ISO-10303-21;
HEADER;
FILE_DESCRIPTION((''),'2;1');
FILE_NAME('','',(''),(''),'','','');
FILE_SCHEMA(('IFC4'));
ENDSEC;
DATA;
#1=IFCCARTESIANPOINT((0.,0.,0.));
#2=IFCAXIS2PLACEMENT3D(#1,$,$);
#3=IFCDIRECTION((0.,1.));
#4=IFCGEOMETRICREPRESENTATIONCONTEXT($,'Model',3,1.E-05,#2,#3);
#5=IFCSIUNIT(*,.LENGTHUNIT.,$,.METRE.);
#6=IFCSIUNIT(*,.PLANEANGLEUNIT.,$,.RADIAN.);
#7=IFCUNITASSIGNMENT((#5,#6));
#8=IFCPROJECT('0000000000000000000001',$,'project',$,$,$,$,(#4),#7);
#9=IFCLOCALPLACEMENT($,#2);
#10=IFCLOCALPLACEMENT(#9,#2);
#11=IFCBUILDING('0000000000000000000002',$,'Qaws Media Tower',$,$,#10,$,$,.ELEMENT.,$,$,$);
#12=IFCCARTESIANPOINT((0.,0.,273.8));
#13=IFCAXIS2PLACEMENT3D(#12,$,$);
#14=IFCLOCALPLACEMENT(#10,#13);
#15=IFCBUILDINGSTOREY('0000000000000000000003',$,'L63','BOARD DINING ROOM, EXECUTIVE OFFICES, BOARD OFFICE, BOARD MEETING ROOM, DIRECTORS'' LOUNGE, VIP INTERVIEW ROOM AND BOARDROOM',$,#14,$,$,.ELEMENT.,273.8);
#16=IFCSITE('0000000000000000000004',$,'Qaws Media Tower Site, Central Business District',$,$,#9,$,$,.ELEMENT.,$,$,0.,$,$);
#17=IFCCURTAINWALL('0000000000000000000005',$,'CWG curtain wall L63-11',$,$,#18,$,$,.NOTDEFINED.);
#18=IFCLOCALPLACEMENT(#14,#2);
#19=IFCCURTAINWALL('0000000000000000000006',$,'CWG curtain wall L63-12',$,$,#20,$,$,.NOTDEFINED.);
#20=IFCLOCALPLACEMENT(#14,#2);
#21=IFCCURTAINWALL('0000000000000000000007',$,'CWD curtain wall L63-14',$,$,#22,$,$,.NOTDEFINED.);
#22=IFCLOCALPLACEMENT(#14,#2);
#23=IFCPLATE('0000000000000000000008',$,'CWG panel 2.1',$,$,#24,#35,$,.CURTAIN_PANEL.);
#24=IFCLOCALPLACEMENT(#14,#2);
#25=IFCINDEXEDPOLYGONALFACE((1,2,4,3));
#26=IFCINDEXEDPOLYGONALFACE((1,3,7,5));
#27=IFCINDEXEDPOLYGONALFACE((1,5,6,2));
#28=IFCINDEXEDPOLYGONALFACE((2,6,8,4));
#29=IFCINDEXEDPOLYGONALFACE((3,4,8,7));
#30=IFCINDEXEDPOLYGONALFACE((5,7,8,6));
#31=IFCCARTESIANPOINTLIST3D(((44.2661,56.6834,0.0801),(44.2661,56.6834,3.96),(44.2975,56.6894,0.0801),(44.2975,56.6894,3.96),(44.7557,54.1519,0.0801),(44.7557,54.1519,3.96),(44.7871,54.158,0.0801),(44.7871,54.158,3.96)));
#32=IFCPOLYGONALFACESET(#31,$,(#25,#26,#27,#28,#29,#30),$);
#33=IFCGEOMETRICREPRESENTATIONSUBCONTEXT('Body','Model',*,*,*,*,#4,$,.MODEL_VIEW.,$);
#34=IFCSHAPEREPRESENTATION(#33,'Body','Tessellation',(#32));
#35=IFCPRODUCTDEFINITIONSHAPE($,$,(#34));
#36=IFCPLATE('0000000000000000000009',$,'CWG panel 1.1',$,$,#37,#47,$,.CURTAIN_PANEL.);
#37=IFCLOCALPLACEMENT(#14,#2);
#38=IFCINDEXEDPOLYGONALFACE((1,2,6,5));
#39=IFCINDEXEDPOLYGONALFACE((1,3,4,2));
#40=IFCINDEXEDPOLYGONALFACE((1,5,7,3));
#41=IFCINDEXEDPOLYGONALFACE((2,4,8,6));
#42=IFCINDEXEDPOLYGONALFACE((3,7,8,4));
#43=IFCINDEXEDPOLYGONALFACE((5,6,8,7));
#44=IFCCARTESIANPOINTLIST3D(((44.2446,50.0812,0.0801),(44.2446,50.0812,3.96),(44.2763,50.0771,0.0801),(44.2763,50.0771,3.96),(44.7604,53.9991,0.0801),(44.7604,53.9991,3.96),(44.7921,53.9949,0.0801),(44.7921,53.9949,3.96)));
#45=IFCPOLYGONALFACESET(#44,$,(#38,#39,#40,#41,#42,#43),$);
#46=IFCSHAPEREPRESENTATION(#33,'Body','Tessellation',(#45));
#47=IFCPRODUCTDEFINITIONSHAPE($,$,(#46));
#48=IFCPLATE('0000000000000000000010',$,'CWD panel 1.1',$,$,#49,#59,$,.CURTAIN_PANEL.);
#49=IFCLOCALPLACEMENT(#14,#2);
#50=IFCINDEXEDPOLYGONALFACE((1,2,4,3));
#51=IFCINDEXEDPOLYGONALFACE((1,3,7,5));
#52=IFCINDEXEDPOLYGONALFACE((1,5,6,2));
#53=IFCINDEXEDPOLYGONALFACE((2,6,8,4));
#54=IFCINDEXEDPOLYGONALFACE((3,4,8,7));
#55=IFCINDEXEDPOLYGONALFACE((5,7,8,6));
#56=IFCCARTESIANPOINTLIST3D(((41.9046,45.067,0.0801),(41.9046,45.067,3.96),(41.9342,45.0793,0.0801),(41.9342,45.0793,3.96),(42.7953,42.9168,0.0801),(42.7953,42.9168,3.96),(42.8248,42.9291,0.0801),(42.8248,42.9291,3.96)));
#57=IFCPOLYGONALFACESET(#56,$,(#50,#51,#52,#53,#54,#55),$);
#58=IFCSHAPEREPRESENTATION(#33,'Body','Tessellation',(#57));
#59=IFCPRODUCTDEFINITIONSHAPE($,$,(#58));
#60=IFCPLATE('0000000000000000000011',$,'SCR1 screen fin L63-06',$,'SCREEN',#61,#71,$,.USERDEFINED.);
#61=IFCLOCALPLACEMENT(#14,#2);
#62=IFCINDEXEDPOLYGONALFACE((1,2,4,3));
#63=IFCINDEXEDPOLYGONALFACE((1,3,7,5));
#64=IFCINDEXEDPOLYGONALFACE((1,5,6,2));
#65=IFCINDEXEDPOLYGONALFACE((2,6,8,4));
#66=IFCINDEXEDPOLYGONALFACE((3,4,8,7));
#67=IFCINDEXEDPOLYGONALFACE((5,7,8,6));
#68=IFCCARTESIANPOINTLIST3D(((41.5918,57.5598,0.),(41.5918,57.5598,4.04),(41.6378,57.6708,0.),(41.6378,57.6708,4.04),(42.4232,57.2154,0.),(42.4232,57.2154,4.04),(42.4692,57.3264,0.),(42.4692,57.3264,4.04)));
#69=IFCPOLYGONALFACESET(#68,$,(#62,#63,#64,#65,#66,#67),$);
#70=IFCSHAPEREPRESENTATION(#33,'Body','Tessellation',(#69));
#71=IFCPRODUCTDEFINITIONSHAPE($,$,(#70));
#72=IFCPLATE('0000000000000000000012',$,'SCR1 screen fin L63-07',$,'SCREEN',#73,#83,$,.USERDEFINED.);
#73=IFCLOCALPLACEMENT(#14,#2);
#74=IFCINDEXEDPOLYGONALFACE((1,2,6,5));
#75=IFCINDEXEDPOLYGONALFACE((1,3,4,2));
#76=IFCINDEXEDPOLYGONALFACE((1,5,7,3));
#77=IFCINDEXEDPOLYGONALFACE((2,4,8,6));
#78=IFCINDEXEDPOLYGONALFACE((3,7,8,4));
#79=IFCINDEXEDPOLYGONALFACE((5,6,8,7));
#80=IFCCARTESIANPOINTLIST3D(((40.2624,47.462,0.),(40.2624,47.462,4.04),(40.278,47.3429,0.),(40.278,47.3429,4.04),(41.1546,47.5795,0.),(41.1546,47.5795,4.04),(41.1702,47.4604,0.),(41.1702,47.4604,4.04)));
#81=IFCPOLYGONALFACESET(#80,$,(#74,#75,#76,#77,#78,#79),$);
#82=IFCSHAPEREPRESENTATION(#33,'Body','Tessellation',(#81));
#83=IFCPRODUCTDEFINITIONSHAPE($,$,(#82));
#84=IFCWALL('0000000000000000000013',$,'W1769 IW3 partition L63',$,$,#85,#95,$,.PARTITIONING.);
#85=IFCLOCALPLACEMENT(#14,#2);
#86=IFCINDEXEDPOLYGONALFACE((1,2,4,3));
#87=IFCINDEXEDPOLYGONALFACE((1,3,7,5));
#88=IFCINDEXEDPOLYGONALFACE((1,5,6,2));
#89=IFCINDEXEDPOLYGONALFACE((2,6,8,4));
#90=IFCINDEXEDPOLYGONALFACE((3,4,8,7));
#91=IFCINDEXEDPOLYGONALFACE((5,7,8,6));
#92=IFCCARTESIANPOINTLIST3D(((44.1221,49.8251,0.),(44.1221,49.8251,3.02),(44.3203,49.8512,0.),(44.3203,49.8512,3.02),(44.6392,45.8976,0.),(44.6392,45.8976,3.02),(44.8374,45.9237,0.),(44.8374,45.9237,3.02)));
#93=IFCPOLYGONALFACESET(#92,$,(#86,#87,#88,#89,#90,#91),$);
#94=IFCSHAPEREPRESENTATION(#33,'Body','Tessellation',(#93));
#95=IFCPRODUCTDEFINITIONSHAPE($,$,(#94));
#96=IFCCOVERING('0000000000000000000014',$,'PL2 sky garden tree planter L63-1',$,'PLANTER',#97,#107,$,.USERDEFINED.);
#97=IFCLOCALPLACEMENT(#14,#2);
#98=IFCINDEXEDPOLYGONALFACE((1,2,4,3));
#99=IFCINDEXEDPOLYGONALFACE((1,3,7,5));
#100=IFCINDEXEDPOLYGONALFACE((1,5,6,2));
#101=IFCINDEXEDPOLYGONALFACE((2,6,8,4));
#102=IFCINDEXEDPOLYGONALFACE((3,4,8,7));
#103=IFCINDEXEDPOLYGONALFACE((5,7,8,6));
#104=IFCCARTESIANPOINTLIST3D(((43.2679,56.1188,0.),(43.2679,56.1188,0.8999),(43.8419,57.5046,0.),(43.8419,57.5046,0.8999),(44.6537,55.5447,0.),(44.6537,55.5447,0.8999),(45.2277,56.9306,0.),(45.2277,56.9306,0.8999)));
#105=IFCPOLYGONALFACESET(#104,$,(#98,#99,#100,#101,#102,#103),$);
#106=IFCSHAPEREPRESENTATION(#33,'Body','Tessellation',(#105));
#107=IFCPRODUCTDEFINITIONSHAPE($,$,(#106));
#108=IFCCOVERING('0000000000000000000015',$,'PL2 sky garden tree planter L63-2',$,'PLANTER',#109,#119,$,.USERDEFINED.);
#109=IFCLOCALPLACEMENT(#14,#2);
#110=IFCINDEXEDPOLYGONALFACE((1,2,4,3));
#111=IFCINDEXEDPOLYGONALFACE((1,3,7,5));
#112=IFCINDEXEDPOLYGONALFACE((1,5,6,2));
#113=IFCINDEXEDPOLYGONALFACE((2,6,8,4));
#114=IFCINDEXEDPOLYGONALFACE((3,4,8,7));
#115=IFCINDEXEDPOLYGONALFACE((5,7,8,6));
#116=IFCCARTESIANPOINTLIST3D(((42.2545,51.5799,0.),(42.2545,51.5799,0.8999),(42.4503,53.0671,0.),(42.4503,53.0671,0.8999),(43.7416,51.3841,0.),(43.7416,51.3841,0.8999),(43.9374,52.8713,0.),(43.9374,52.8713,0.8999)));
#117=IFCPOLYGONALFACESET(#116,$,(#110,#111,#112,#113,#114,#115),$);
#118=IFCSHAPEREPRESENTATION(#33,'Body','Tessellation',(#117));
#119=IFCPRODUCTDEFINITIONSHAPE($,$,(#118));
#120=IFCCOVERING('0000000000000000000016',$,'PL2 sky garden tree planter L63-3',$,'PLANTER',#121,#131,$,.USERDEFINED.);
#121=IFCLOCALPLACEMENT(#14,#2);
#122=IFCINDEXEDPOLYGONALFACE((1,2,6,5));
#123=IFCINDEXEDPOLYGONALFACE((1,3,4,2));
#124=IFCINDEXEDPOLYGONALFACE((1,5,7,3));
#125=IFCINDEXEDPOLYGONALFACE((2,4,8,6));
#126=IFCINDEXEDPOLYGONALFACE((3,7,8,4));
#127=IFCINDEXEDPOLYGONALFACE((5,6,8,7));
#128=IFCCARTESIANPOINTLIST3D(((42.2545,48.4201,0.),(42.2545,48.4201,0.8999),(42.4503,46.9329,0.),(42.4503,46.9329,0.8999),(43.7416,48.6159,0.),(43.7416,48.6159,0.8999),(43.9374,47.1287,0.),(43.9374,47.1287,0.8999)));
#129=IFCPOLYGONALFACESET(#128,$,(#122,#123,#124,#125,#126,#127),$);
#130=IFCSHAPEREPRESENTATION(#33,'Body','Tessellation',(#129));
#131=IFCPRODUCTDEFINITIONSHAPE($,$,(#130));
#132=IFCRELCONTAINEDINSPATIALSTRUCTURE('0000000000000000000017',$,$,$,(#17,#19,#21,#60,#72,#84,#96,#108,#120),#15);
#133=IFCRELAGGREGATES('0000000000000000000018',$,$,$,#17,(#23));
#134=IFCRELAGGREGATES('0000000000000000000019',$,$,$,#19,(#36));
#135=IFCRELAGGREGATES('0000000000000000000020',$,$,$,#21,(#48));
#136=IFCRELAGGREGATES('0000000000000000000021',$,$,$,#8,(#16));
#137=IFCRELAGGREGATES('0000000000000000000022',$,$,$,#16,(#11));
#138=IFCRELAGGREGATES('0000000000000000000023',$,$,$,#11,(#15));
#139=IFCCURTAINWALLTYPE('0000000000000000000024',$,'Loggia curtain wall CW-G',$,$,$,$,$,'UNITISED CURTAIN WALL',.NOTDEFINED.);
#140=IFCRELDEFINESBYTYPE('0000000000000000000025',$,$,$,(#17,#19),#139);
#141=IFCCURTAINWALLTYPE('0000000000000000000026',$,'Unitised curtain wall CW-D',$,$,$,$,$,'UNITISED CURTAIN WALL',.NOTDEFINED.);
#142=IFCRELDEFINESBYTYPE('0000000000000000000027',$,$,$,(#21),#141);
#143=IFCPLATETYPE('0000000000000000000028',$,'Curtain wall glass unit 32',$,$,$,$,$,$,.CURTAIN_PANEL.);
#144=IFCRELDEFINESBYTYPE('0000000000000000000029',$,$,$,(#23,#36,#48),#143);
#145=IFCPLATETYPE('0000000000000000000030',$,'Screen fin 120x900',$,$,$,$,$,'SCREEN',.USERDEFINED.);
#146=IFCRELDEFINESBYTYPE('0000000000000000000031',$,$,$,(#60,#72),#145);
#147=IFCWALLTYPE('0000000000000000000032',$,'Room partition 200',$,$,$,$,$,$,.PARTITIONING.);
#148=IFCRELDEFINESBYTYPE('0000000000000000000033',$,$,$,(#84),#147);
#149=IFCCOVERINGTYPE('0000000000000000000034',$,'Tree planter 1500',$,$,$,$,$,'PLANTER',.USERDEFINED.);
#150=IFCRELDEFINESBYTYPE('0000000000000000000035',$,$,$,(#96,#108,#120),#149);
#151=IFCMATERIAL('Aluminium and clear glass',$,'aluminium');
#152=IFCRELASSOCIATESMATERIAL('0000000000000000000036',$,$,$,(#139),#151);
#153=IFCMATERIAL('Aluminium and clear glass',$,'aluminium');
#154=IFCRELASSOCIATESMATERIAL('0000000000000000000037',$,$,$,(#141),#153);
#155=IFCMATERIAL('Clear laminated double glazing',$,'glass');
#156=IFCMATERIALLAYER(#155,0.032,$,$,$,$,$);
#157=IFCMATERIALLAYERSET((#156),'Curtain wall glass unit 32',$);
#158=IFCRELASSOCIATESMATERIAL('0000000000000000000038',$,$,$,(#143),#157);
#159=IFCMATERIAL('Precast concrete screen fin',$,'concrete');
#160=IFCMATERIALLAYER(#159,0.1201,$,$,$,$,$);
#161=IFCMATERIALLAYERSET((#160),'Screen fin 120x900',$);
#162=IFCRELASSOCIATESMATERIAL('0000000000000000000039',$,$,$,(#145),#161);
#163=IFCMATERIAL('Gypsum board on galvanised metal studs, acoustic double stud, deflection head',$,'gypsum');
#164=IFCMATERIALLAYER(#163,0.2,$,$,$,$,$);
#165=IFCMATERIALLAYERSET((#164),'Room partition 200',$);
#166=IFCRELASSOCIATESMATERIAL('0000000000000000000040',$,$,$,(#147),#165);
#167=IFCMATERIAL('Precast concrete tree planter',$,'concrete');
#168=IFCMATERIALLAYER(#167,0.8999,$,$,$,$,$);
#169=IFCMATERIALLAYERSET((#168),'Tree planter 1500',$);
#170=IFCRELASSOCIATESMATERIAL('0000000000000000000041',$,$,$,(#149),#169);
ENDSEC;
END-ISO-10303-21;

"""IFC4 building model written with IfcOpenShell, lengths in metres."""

from ifc_helpers import new_model, si_unit, direction, frame, frame_2d, origin, origin_2d, place, context, subcontext, project, spatial, rectangle, extrude, material, layer, layer_set, type_object, element, aggregate, save


model = new_model("IFC4")

# Units and contexts
model_context = context("Model", 3, precision=1e-05, world=origin(), true_north=direction((0.0, 1.0)))
body_context = subcontext(model_context, "Body", "Model", "MODEL_VIEW")
ifc_project = project(units=[si_unit("LENGTHUNIT", "METRE"), si_unit("PLANEANGLEUNIT", "RADIAN")], contexts=[model_context])

# Site, building, storey
site_placement = place(None, origin())
site = spatial("IfcSite", under=ifc_project, at=site_placement, Name="Qaws Media Tower Site, Central Business District", CompositionType="ELEMENT", RefElevation=0.0)
building_placement = place(site_placement, origin())
building = spatial("IfcBuilding", under=site, at=building_placement, Name="Qaws Media Tower", CompositionType="ELEMENT")
storey_placement = place(building_placement, frame((0.0, 0.0, 273.8)))
storey = spatial("IfcBuildingStorey", under=building, at=storey_placement, Name="L63", Description="BOARD DINING ROOM, EXECUTIVE OFFICES, BOARD OFFICE, BOARD MEETING ROOM, DIRECTORS' LOUNGE, VIP INTERVIEW ROOM AND BOARDROOM", CompositionType="ELEMENT", Elevation=273.8)

# Curtain walls
ifc_material_1 = material(Name="Aluminium and clear glass", Category="aluminium")
curtain_wall_type_1 = type_object("IfcCurtainWallType", Name="Loggia curtain wall CW-G", ElementType="UNITISED CURTAIN WALL", PredefinedType="NOTDEFINED", material=ifc_material_1)
curtain_wall_1_placement = place(storey_placement, origin())
curtain_wall_1 = element("IfcCurtainWall", 1, at=curtain_wall_1_placement, inside=storey, type_object=curtain_wall_type_1, Name="CWG curtain wall L63-11", PredefinedType="NOTDEFINED")
curtain_wall_2_placement = place(storey_placement, origin())
curtain_wall_2 = element("IfcCurtainWall", 2, at=curtain_wall_2_placement, inside=storey, type_object=curtain_wall_type_1, Name="CWG curtain wall L63-12", PredefinedType="NOTDEFINED")

# Curtain wall
ifc_material_2 = material(Name="Aluminium and clear glass", Category="aluminium")
curtain_wall_type_2 = type_object("IfcCurtainWallType", Name="Unitised curtain wall CW-D", ElementType="UNITISED CURTAIN WALL", PredefinedType="NOTDEFINED", material=ifc_material_2)
curtain_wall_3_placement = place(storey_placement, origin())
curtain_wall_3 = element("IfcCurtainWall", 3, at=curtain_wall_3_placement, inside=storey, type_object=curtain_wall_type_2, Name="CWD curtain wall L63-14", PredefinedType="NOTDEFINED")

# Plates
ifc_material_3 = material(Name="Clear laminated double glazing", Category="glass")
ifc_layer_1 = layer(ifc_material_3, 0.032)
ifc_layer_set_1 = layer_set([ifc_layer_1], Name="Curtain wall glass unit 32")
plate_type_1 = type_object("IfcPlateType", Name="Curtain wall glass unit 32", PredefinedType="CURTAIN_PANEL", material=ifc_layer_set_1)
plate_1_placement = place(storey_placement, frame((44.5266, 55.4207, 0.0801), z_axis=(0.0, 0.0, 1.0), x_axis=(0.189863, -0.981811, 0.0)))
plate_1 = element("IfcPlate", 4, at=plate_1_placement, type_object=plate_type_1, Name="CWG panel 2.1", PredefinedType="CURTAIN_PANEL", context=body_context, shape_type="SweptSolid", body=[
    extrude(rectangle(XDim=2.5784, YDim=0.032, at=origin_2d()), origin(), (0.0, 0.0, 1.0), 3.8799),
])
aggregate(curtain_wall_1, [plate_1])
plate_2_placement = place(storey_placement, frame((44.5183, 52.0381, 0.0801), z_axis=(0.0, 0.0, 1.0), x_axis=(-0.130526, -0.991445, 0.0)))
plate_2 = element("IfcPlate", 5, at=plate_2_placement, type_object=plate_type_1, Name="CWG panel 1.1", PredefinedType="CURTAIN_PANEL", context=body_context, shape_type="SweptSolid", body=[
    extrude(rectangle(XDim=3.9517, YDim=0.032, at=origin_2d()), origin(), (0.0, 0.0, 1.0), 3.8799),
])
aggregate(curtain_wall_2, [plate_2])
plate_3_placement = place(storey_placement, frame((42.3647, 43.998, 0.0801), z_axis=(0.0, 0.0, 1.0), x_axis=(0.382683, -0.92388, 0.0)))
plate_3 = element("IfcPlate", 6, at=plate_3_placement, type_object=plate_type_1, Name="CWD panel 1.1", PredefinedType="CURTAIN_PANEL", context=body_context, shape_type="SweptSolid", body=[
    extrude(rectangle(XDim=2.3274, YDim=0.032, at=origin_2d()), origin(), (0.0, 0.0, 1.0), 3.8799),
])
aggregate(curtain_wall_3, [plate_3])

# Plates
ifc_material_4 = material(Name="Precast concrete screen fin", Category="concrete")
ifc_layer_2 = layer(ifc_material_4, 0.1201)
ifc_layer_set_2 = layer_set([ifc_layer_2], Name="Screen fin 120x900")
plate_type_2 = type_object("IfcPlateType", Name="Screen fin 120x900", ElementType="SCREEN", PredefinedType="USERDEFINED", material=ifc_layer_set_2)
for number, where, z_axis, x_axis, name in (
    (7, (42.0305, 57.4431, 0.0), (0.0, 0.0, 1.0), (-0.92388, 0.382683, 0.0), "SCR1 screen fin L63-06"),
    (8, (40.7163, 47.4612, 0.0), (0.0, 0.0, 1.0), (-0.991445, -0.130526, 0.0), "SCR1 screen fin L63-07"),
):
    element("IfcPlate", number, at=place(storey_placement, frame(where, z_axis=z_axis, x_axis=x_axis)), inside=storey, type_object=plate_type_2, Name=name, ObjectType="SCREEN", PredefinedType="USERDEFINED", context=body_context, shape_type="SweptSolid", body=[
        extrude(rectangle(XDim=0.8999, YDim=0.1201, at=origin_2d()), origin(), (0.0, 0.0, 1.0), 4.04),
    ])

# Wall
ifc_material_5 = material(Name="Gypsum board on galvanised metal studs, acoustic double stud, deflection head", Category="gypsum")
ifc_layer_3 = layer(ifc_material_5, 0.2)
ifc_layer_set_3 = layer_set([ifc_layer_3], Name="Room partition 200")
wall_type_1 = type_object("IfcWallType", Name="Room partition 200", PredefinedType="PARTITIONING", material=ifc_layer_set_3)
wall_1_placement = place(storey_placement, frame((44.7383, 45.9106, 0.0), z_axis=(0.0, 0.0, 1.0), x_axis=(-0.130533, 0.991444, 0.0)))
element("IfcWall", 9, at=wall_1_placement, inside=storey, type_object=wall_type_1, Name="W1769 IW3 partition L63", PredefinedType="PARTITIONING", context=body_context, shape_type="SweptSolid", body=[
    extrude(rectangle(XDim=3.9614, YDim=0.2, at=frame_2d((1.9807, 0.0))), origin(), (0.0, 0.0, 1.0), 3.02),
])

# Coverings
ifc_material_6 = material(Name="Precast concrete tree planter", Category="concrete")
ifc_layer_4 = layer(ifc_material_6, 0.8999)
ifc_layer_set_4 = layer_set([ifc_layer_4], Name="Tree planter 1500")
covering_type = type_object("IfcCoveringType", Name="Tree planter 1500", ElementType="PLANTER", PredefinedType="USERDEFINED", material=ifc_layer_set_4)
for number, where, z_axis, x_axis, name in (
    (10, (44.2478, 56.5247, 0.0), (0.0, 0.0, 1.0), (-0.92388, 0.382683, 0.0), "PL2 sky garden tree planter L63-1"),
    (11, (43.0959, 52.2256, 0.0), (0.0, 0.0, 1.0), (-0.991445, 0.130526, 0.0), "PL2 sky garden tree planter L63-2"),
    (12, (43.0959, 47.7744, 0.0), (0.0, 0.0, 1.0), (-0.991445, -0.130526, 0.0), "PL2 sky garden tree planter L63-3"),
):
    element("IfcCovering", number, at=place(storey_placement, frame(where, z_axis=z_axis, x_axis=x_axis)), inside=storey, type_object=covering_type, Name=name, ObjectType="PLANTER", PredefinedType="USERDEFINED", context=body_context, shape_type="SweptSolid", body=[
        extrude(rectangle(XDim=1.5, YDim=1.5, at=origin_2d()), origin(), (0.0, 0.0, 1.0), 0.8999),
    ])

save(model, "model.ifc")
